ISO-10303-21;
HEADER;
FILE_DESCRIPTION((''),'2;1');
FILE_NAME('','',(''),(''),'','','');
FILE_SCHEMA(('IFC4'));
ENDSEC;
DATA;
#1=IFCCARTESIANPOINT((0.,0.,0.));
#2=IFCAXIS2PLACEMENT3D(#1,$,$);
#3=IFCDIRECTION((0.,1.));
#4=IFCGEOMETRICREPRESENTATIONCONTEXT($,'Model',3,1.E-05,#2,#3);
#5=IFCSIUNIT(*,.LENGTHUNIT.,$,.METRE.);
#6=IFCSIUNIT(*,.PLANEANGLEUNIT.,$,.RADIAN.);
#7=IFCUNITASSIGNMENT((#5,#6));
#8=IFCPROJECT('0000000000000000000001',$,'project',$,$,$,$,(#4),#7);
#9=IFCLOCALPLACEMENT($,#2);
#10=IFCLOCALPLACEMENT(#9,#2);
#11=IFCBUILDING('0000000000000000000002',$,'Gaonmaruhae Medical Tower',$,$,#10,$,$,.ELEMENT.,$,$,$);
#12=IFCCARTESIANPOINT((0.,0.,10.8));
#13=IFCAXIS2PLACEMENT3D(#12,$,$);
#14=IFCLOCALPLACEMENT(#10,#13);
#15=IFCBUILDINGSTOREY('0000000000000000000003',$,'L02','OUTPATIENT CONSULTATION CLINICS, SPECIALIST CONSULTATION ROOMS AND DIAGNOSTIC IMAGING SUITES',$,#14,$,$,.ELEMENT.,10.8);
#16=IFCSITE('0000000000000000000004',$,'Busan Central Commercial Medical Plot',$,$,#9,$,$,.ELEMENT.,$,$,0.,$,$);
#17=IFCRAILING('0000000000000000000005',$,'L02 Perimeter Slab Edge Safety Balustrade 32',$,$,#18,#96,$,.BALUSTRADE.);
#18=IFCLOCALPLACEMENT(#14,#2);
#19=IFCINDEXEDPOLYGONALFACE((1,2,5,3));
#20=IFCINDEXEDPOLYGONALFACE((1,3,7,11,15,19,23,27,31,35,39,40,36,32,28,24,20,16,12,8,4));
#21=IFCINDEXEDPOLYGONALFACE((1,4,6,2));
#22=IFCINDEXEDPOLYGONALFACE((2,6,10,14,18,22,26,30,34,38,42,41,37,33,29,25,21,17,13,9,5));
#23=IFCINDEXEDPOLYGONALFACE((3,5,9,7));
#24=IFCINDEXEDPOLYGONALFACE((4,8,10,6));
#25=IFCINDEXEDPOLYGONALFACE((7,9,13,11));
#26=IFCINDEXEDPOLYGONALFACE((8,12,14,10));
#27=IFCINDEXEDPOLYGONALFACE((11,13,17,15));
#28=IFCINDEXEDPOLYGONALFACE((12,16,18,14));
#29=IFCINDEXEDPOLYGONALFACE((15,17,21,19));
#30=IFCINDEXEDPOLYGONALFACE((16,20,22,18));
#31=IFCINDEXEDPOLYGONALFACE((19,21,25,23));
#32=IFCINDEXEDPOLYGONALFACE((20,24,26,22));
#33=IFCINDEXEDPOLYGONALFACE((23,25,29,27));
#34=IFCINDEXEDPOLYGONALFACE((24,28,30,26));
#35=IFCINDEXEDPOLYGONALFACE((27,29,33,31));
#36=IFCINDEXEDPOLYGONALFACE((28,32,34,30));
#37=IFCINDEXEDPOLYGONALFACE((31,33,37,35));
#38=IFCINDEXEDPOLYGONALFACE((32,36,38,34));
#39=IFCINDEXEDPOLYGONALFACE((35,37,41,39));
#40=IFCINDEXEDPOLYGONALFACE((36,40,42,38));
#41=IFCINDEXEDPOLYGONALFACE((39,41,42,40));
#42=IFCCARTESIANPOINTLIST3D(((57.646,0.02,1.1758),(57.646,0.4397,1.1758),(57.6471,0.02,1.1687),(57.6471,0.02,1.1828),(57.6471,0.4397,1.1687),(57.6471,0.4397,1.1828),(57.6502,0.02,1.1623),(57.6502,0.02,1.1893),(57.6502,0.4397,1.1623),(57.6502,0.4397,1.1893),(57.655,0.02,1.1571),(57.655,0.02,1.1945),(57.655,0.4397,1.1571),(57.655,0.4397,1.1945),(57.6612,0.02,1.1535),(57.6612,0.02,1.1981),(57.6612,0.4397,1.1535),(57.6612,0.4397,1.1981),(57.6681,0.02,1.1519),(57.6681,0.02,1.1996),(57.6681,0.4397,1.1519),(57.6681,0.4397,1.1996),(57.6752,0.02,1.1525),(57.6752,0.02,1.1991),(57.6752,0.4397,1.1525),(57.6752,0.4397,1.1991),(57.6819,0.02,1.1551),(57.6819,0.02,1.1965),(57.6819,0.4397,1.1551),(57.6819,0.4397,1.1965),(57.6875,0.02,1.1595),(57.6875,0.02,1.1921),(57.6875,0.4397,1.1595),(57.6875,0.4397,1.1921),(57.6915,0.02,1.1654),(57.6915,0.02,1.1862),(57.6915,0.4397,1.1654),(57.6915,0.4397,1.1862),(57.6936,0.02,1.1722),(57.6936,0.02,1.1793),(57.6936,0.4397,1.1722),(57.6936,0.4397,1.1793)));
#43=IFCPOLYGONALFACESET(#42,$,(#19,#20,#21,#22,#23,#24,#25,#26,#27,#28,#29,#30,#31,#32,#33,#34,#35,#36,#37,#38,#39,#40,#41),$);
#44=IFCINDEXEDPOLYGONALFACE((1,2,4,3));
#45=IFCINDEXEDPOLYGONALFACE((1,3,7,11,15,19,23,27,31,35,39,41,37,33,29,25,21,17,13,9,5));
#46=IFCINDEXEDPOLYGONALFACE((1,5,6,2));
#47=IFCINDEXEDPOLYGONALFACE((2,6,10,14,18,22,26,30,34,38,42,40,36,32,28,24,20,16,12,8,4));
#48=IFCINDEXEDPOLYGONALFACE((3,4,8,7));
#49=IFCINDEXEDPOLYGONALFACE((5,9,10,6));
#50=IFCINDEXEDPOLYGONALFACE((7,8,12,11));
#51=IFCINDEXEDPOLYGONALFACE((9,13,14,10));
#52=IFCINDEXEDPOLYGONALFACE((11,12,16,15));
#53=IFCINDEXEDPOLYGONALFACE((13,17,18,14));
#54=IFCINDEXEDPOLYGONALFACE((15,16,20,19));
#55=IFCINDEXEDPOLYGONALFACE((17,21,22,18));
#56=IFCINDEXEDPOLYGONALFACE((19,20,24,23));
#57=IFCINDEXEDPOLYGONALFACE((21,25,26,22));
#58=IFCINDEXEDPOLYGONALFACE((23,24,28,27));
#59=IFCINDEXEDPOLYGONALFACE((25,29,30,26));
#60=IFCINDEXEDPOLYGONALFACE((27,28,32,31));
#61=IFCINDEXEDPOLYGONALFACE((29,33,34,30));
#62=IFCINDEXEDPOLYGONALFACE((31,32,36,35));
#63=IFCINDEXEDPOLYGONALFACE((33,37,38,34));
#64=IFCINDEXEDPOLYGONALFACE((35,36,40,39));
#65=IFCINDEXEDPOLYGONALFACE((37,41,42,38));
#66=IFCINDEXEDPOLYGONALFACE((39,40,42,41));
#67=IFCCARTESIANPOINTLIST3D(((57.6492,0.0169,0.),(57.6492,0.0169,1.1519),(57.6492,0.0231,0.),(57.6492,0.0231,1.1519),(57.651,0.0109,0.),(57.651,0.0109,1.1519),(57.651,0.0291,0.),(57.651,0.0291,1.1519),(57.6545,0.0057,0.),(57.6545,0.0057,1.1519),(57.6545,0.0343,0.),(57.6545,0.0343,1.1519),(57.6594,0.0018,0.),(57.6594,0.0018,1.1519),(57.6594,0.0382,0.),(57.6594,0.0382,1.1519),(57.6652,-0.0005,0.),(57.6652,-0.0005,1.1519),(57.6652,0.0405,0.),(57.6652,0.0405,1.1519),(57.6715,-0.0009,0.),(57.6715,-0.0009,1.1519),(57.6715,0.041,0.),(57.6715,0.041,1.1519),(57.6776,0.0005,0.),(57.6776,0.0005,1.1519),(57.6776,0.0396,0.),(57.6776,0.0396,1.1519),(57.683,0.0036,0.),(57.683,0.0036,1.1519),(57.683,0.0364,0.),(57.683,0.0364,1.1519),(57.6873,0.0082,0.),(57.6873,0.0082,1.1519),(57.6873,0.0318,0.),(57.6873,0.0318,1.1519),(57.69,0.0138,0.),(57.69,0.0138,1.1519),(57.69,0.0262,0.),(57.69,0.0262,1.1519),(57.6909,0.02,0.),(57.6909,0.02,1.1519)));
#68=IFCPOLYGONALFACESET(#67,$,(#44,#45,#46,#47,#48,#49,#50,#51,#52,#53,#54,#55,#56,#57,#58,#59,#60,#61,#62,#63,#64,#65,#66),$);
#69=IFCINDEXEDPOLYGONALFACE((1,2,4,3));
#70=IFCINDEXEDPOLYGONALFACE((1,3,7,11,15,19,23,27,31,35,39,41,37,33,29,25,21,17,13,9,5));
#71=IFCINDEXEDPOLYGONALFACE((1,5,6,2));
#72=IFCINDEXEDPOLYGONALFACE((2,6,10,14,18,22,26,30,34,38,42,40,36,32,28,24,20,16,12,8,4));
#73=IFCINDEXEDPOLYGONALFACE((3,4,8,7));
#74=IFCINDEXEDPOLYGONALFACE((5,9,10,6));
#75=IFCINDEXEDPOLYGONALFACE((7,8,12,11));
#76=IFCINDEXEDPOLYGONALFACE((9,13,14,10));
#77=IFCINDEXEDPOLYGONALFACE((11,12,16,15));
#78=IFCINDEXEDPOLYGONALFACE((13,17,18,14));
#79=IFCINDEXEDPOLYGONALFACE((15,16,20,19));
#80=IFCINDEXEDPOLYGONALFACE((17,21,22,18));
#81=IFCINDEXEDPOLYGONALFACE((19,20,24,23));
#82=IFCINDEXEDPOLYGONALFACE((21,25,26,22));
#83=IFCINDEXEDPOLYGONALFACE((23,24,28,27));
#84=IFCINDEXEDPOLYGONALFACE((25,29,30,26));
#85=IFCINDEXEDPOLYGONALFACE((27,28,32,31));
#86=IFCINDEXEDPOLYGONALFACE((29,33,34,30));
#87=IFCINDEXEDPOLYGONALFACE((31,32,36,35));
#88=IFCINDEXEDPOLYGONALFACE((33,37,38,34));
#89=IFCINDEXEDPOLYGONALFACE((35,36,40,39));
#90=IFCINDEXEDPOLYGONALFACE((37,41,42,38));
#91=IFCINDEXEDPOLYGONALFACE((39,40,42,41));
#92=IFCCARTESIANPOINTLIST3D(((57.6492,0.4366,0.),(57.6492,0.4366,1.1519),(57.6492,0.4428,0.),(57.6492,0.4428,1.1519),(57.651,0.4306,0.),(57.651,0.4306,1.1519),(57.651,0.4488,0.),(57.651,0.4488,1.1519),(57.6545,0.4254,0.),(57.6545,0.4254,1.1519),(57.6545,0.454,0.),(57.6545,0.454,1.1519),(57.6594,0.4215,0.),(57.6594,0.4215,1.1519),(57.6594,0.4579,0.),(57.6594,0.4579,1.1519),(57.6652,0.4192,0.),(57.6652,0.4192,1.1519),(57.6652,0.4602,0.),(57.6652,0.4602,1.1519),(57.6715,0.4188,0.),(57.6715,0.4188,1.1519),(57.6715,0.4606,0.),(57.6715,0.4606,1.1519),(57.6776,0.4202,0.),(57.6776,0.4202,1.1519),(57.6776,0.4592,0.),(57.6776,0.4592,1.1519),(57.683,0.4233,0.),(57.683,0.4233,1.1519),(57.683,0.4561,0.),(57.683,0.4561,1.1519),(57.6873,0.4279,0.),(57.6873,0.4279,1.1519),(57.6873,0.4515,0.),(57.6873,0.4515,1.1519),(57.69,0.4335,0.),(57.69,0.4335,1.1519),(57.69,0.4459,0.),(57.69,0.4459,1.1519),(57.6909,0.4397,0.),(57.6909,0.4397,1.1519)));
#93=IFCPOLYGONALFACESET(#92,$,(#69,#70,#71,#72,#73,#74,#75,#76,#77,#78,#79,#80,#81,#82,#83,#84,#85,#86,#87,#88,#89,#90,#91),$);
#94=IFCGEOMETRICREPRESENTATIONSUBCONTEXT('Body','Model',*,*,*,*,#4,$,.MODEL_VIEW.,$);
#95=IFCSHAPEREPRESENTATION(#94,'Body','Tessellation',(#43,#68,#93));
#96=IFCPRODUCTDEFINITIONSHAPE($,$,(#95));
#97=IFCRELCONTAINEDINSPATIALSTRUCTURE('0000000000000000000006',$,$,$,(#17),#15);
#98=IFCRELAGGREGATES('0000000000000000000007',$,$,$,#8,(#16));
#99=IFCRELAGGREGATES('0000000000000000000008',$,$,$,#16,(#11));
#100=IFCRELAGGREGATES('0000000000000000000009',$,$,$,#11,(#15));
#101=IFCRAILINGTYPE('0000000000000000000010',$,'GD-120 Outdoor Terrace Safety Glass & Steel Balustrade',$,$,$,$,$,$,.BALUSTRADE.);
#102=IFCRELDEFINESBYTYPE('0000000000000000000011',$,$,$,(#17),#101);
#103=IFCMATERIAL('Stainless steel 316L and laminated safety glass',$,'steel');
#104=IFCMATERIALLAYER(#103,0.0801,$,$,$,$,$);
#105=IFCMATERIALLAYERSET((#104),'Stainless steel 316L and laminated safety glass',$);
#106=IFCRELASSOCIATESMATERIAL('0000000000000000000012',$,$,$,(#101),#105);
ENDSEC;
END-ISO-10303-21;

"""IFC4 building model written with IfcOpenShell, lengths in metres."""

from ifc_helpers import new_model, si_unit, direction, frame, origin, origin_2d, place, context, subcontext, project, spatial, circle, extrude, material, layer, layer_set, type_object, element, save


model = new_model("IFC4")

# Units and contexts
model_context = context("Model", 3, precision=1e-05, world=origin(), true_north=direction((0.0, 1.0)))
body_context = subcontext(model_context, "Body", "Model", "MODEL_VIEW")
ifc_project = project(units=[si_unit("LENGTHUNIT", "METRE"), si_unit("PLANEANGLEUNIT", "RADIAN")], contexts=[model_context])

# Site, building, storey
site_placement = place(None, origin())
site = spatial("IfcSite", under=ifc_project, at=site_placement, Name="Busan Central Commercial Medical Plot", CompositionType="ELEMENT", RefElevation=0.0)
building_placement = place(site_placement, origin())
building = spatial("IfcBuilding", under=site, at=building_placement, Name="Gaonmaruhae Medical Tower", CompositionType="ELEMENT")
storey_placement = place(building_placement, frame((0.0, 0.0, 10.8)))
storey = spatial("IfcBuildingStorey", under=building, at=storey_placement, Name="L02", Description="OUTPATIENT CONSULTATION CLINICS, SPECIALIST CONSULTATION ROOMS AND DIAGNOSTIC IMAGING SUITES", CompositionType="ELEMENT", Elevation=10.8)

# Railing
ifc_material_1 = material(Name="Stainless steel 316L and laminated safety glass", Category="steel")
ifc_layer_1 = layer(ifc_material_1, 0.0801)
ifc_layer_set_1 = layer_set([ifc_layer_1], Name="Stainless steel 316L and laminated safety glass")
railing_type = type_object("IfcRailingType", Name="GD-120 Outdoor Terrace Safety Glass & Steel Balustrade", PredefinedType="BALUSTRADE", material=ifc_layer_set_1)
railing_placement = place(storey_placement, frame((57.6699, 0.02, 0.0)))
element("IfcRailing", 1, at=railing_placement, inside=storey, type_object=railing_type, Name="L02 Perimeter Slab Edge Safety Balustrade 32", PredefinedType="BALUSTRADE", context=body_context, shape_type="SweptSolid", body=[
    extrude(circle(Radius=0.0239, at=origin_2d()), frame((0.0, 0.0, 1.1758), z_axis=(0.0, 1.0, 0.0), x_axis=(-1.0, 0.0, 0.0)), (0.0, 0.0, 1.0), 0.4197),
    extrude(circle(Radius=0.021, at=origin_2d()), origin(), (0.0, 0.0, 1.0), 1.1519),
    extrude(circle(Radius=0.021, at=origin_2d()), frame((0.0, 0.4197, 0.0)), (0.0, 0.0, 1.0), 1.1519),
])

save(model, "model.ifc")
